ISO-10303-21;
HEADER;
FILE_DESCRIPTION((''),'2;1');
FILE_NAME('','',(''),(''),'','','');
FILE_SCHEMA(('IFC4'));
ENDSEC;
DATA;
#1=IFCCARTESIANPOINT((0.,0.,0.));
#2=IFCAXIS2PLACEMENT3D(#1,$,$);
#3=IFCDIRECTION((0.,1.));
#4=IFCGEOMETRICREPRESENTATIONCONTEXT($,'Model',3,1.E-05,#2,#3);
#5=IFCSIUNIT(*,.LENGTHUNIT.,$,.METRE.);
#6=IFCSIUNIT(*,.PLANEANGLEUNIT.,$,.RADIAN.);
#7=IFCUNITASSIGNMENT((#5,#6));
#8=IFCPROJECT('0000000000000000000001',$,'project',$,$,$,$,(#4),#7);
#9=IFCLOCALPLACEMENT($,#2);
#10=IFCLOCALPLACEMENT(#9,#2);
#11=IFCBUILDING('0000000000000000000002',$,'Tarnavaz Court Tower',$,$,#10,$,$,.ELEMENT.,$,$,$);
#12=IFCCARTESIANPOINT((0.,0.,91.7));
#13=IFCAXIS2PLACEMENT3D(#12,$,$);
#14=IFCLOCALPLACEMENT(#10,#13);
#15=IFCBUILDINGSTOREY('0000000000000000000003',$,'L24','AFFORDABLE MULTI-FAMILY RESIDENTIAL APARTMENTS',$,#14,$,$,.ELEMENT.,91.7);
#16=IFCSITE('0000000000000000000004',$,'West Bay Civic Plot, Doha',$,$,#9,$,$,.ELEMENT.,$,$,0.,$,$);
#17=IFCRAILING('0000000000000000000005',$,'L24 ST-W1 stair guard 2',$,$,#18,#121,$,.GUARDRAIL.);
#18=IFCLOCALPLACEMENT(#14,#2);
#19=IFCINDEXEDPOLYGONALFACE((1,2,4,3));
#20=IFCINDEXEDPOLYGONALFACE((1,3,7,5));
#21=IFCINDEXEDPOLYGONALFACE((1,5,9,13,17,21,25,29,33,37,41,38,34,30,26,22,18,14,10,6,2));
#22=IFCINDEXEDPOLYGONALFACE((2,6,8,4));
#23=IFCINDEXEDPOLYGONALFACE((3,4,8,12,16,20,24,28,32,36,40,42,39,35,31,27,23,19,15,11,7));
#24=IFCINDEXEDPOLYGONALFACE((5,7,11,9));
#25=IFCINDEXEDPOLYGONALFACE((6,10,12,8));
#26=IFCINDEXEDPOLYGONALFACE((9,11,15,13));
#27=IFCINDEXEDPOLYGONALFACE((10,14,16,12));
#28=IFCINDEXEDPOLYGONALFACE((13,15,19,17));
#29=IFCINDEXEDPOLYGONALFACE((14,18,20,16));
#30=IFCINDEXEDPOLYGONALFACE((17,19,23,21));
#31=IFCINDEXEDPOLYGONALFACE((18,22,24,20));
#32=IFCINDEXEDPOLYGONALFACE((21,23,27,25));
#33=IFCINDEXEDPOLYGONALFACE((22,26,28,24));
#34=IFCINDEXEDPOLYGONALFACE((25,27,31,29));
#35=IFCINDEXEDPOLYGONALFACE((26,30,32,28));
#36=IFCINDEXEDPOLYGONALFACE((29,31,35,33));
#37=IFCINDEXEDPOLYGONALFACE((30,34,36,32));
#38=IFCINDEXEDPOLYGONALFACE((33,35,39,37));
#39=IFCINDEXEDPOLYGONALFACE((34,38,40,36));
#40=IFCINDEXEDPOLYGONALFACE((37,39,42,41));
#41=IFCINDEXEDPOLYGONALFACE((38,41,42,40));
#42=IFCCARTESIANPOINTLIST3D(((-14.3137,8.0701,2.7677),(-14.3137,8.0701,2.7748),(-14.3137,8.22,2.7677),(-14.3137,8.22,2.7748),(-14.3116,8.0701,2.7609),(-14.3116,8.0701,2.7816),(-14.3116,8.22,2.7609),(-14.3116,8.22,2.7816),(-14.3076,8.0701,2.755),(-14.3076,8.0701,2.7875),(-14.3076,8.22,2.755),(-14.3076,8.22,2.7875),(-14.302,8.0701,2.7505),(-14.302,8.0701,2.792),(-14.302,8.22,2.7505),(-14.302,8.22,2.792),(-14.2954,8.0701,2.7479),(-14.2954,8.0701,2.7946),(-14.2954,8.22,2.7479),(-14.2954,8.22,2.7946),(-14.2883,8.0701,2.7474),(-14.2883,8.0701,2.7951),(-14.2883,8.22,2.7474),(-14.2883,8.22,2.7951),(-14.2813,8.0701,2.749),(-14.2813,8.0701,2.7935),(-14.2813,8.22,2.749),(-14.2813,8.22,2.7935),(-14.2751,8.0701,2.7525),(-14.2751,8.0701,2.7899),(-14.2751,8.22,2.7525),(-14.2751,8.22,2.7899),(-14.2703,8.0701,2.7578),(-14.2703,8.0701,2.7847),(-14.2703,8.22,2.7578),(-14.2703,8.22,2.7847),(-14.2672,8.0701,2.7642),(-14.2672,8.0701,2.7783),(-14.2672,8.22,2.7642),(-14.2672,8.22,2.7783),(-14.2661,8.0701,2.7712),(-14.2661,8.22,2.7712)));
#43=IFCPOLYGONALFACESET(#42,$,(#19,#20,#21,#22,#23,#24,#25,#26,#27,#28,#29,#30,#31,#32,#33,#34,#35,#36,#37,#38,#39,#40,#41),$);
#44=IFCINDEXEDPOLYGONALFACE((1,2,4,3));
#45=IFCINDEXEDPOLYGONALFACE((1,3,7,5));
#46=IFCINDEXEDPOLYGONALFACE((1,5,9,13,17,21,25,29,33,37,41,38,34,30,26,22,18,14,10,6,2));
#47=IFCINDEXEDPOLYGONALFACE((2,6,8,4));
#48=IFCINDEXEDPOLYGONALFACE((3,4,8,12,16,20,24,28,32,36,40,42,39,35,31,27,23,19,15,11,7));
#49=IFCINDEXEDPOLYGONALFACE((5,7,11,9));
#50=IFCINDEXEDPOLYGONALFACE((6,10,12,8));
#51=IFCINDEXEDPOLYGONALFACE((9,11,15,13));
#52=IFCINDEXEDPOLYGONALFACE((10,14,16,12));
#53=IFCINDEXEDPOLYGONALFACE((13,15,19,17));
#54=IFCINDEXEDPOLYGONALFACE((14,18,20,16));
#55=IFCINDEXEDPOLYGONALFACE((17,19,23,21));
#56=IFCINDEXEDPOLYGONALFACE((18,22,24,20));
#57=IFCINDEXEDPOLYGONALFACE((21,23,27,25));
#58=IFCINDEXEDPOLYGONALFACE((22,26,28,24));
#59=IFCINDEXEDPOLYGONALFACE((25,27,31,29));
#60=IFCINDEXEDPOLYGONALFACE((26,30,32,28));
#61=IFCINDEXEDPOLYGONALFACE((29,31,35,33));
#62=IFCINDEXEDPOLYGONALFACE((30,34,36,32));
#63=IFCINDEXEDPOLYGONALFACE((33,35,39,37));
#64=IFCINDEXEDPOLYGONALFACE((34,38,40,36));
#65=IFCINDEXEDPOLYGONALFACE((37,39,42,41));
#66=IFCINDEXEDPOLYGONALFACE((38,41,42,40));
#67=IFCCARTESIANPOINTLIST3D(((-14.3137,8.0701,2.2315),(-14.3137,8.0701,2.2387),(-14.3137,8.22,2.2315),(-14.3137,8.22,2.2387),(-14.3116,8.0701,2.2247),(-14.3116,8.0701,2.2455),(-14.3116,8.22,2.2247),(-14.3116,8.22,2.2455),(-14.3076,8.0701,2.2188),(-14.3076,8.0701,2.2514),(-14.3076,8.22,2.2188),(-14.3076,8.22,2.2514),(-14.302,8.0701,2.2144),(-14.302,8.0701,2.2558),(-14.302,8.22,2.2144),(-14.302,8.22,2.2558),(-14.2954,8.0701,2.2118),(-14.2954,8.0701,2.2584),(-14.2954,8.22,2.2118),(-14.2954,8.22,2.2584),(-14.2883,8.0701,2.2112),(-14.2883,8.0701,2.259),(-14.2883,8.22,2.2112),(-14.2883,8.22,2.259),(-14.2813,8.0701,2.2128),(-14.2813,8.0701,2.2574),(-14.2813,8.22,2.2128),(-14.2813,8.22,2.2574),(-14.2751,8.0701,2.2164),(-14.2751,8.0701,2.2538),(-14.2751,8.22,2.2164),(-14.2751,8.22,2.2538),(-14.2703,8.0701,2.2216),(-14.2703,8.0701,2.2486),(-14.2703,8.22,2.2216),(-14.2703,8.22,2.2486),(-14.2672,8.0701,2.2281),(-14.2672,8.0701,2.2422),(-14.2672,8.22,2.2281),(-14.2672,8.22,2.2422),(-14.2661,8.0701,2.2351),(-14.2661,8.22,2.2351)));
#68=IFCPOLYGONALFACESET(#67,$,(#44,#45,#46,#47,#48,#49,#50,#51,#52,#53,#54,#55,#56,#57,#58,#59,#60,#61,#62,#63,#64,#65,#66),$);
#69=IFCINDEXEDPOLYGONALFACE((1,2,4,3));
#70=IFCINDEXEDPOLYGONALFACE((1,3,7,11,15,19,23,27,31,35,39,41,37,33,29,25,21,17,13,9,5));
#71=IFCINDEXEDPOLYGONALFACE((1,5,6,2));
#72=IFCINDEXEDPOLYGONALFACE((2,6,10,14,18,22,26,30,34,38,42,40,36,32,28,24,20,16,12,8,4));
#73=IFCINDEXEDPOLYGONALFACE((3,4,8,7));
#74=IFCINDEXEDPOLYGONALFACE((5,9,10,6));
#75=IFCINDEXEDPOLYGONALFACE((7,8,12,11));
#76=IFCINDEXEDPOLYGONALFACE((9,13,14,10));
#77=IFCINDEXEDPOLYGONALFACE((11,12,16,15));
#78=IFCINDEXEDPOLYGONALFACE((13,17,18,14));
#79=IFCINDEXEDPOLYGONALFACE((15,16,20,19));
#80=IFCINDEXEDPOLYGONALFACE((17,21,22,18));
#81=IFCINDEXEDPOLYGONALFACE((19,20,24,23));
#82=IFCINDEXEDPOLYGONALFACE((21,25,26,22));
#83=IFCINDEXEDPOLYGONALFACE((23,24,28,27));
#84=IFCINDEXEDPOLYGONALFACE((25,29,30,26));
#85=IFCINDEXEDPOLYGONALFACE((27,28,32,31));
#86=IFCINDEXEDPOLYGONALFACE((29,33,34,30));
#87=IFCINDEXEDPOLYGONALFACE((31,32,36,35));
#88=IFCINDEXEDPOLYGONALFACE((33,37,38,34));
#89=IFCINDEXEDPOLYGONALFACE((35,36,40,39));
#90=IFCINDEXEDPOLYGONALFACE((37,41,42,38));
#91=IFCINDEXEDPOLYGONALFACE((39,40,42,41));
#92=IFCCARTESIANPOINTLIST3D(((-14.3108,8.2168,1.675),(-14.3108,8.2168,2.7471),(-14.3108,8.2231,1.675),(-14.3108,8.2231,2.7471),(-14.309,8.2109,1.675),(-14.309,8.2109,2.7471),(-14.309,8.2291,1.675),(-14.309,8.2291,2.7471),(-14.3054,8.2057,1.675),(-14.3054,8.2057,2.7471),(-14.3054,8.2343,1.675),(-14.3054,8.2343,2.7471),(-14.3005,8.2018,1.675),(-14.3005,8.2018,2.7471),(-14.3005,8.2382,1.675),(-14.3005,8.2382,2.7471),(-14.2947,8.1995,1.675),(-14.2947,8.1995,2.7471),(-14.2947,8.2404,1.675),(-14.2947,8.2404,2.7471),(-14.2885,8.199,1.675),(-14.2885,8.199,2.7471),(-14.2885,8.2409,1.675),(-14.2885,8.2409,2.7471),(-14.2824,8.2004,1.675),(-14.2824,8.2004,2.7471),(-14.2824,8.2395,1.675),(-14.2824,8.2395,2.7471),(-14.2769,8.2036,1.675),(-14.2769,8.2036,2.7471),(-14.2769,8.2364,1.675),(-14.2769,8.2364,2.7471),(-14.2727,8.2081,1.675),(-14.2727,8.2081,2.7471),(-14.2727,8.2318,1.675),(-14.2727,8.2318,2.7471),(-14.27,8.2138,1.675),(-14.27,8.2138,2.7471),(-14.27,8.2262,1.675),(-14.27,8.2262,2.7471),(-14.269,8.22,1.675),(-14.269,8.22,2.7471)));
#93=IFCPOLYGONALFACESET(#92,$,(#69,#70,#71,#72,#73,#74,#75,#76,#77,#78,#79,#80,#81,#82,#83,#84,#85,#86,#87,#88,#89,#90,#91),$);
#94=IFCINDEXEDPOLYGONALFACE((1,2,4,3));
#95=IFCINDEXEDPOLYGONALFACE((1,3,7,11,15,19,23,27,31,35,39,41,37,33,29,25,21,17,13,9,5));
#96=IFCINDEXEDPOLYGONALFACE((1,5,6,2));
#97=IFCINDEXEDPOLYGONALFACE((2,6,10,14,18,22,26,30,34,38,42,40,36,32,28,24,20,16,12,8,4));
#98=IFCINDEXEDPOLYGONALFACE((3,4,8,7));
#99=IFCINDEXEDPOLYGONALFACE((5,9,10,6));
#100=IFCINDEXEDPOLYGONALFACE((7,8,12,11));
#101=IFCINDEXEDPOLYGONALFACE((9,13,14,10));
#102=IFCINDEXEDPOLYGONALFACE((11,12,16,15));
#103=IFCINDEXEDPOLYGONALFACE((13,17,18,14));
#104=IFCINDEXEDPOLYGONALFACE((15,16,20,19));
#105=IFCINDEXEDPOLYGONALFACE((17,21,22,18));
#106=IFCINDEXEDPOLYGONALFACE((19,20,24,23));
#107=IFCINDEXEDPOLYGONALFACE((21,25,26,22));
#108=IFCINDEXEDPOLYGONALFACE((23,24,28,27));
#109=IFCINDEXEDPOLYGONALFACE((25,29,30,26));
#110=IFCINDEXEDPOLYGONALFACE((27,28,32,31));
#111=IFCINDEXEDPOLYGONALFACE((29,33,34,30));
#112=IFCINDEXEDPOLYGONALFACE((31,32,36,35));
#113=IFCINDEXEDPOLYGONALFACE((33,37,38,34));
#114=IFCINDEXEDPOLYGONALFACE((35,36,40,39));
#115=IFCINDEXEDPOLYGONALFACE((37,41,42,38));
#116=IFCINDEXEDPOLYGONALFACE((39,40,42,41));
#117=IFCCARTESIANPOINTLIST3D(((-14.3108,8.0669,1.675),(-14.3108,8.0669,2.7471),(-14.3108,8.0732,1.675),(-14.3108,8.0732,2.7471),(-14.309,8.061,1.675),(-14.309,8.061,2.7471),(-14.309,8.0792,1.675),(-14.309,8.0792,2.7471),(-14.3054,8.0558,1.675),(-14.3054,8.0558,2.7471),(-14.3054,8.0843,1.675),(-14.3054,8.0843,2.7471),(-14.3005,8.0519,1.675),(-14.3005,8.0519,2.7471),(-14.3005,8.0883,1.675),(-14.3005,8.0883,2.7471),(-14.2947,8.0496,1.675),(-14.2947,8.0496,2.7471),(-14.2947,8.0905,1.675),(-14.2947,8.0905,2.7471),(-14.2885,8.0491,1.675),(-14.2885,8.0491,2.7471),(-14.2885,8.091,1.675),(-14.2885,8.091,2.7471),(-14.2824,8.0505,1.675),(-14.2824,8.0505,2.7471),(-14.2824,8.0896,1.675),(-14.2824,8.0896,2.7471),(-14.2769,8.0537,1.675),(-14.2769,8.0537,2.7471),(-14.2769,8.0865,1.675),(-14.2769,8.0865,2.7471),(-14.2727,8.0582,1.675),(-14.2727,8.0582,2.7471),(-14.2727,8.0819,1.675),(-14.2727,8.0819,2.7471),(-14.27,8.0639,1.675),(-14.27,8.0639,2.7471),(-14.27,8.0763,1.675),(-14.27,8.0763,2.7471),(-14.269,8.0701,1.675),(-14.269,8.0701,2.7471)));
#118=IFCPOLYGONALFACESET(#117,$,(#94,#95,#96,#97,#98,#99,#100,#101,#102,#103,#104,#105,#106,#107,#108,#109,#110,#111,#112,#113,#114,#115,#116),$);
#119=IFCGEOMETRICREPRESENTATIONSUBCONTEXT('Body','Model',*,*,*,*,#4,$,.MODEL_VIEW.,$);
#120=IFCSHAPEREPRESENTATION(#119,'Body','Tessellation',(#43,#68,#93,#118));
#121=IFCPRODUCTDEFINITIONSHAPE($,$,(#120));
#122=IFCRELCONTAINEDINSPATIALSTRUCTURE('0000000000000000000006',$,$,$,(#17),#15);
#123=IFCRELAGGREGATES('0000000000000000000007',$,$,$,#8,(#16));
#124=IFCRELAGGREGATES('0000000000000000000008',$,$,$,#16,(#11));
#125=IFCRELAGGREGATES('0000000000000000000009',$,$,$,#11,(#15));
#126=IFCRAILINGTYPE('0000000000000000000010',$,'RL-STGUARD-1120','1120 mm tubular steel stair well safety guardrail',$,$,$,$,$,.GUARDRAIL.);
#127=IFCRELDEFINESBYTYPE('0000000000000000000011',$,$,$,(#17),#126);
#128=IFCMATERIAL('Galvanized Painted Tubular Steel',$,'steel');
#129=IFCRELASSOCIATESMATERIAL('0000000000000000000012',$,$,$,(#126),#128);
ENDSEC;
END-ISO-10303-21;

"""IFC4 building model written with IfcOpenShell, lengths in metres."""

from ifc_helpers import new_model, si_unit, direction, frame, origin, origin_2d, place, context, subcontext, project, spatial, circle, extrude, material, type_object, element, save


model = new_model("IFC4")

# Units and contexts
model_context = context("Model", 3, precision=1e-05, world=origin(), true_north=direction((0.0, 1.0)))
body_context = subcontext(model_context, "Body", "Model", "MODEL_VIEW")
ifc_project = project(units=[si_unit("LENGTHUNIT", "METRE"), si_unit("PLANEANGLEUNIT", "RADIAN")], contexts=[model_context])

# Site, building, storey
site_placement = place(None, origin())
site = spatial("IfcSite", under=ifc_project, at=site_placement, Name="West Bay Civic Plot, Doha", CompositionType="ELEMENT", RefElevation=0.0)
building_placement = place(site_placement, origin())
building = spatial("IfcBuilding", under=site, at=building_placement, Name="Tarnavaz Court Tower", CompositionType="ELEMENT")
storey_placement = place(building_placement, frame((0.0, 0.0, 91.7)))
storey = spatial("IfcBuildingStorey", under=building, at=storey_placement, Name="L24", Description="AFFORDABLE MULTI-FAMILY RESIDENTIAL APARTMENTS", CompositionType="ELEMENT", Elevation=91.7)

# Railing
ifc_material_1 = material(Name="Galvanized Painted Tubular Steel", Category="steel")
railing_type_1 = type_object("IfcRailingType", Name="RL-STGUARD-1120", Description="1120 mm tubular steel stair well safety guardrail", PredefinedType="GUARDRAIL", material=ifc_material_1)
railing_1_placement = place(storey_placement, frame((-14.29, 8.22, 1.675)))
element("IfcRailing", 1, at=railing_1_placement, inside=storey, type_object=railing_type_1, Name="L24 ST-W1 stair guard 2", PredefinedType="GUARDRAIL", context=body_context, shape_type="SweptSolid", body=[
    extrude(circle(Radius=0.0239, at=origin_2d()), frame((0.0, 0.0, 1.0962), z_axis=(0.0, -1.0, 0.0), x_axis=(1.0, 0.0, 0.0)), (0.0, 0.0, 1.0), 0.1499),
    extrude(circle(Radius=0.0239, at=origin_2d()), frame((0.0, 0.0, 0.5601), z_axis=(0.0, -1.0, 0.0), x_axis=(1.0, 0.0, 0.0)), (0.0, 0.0, 1.0), 0.1499),
    extrude(circle(Radius=0.021, at=origin_2d()), origin(), (0.0, 0.0, 1.0), 1.072),
    extrude(circle(Radius=0.021, at=origin_2d()), frame((0.0, -0.1499, 0.0)), (0.0, 0.0, 1.0), 1.072),
])

save(model, "model.ifc")
